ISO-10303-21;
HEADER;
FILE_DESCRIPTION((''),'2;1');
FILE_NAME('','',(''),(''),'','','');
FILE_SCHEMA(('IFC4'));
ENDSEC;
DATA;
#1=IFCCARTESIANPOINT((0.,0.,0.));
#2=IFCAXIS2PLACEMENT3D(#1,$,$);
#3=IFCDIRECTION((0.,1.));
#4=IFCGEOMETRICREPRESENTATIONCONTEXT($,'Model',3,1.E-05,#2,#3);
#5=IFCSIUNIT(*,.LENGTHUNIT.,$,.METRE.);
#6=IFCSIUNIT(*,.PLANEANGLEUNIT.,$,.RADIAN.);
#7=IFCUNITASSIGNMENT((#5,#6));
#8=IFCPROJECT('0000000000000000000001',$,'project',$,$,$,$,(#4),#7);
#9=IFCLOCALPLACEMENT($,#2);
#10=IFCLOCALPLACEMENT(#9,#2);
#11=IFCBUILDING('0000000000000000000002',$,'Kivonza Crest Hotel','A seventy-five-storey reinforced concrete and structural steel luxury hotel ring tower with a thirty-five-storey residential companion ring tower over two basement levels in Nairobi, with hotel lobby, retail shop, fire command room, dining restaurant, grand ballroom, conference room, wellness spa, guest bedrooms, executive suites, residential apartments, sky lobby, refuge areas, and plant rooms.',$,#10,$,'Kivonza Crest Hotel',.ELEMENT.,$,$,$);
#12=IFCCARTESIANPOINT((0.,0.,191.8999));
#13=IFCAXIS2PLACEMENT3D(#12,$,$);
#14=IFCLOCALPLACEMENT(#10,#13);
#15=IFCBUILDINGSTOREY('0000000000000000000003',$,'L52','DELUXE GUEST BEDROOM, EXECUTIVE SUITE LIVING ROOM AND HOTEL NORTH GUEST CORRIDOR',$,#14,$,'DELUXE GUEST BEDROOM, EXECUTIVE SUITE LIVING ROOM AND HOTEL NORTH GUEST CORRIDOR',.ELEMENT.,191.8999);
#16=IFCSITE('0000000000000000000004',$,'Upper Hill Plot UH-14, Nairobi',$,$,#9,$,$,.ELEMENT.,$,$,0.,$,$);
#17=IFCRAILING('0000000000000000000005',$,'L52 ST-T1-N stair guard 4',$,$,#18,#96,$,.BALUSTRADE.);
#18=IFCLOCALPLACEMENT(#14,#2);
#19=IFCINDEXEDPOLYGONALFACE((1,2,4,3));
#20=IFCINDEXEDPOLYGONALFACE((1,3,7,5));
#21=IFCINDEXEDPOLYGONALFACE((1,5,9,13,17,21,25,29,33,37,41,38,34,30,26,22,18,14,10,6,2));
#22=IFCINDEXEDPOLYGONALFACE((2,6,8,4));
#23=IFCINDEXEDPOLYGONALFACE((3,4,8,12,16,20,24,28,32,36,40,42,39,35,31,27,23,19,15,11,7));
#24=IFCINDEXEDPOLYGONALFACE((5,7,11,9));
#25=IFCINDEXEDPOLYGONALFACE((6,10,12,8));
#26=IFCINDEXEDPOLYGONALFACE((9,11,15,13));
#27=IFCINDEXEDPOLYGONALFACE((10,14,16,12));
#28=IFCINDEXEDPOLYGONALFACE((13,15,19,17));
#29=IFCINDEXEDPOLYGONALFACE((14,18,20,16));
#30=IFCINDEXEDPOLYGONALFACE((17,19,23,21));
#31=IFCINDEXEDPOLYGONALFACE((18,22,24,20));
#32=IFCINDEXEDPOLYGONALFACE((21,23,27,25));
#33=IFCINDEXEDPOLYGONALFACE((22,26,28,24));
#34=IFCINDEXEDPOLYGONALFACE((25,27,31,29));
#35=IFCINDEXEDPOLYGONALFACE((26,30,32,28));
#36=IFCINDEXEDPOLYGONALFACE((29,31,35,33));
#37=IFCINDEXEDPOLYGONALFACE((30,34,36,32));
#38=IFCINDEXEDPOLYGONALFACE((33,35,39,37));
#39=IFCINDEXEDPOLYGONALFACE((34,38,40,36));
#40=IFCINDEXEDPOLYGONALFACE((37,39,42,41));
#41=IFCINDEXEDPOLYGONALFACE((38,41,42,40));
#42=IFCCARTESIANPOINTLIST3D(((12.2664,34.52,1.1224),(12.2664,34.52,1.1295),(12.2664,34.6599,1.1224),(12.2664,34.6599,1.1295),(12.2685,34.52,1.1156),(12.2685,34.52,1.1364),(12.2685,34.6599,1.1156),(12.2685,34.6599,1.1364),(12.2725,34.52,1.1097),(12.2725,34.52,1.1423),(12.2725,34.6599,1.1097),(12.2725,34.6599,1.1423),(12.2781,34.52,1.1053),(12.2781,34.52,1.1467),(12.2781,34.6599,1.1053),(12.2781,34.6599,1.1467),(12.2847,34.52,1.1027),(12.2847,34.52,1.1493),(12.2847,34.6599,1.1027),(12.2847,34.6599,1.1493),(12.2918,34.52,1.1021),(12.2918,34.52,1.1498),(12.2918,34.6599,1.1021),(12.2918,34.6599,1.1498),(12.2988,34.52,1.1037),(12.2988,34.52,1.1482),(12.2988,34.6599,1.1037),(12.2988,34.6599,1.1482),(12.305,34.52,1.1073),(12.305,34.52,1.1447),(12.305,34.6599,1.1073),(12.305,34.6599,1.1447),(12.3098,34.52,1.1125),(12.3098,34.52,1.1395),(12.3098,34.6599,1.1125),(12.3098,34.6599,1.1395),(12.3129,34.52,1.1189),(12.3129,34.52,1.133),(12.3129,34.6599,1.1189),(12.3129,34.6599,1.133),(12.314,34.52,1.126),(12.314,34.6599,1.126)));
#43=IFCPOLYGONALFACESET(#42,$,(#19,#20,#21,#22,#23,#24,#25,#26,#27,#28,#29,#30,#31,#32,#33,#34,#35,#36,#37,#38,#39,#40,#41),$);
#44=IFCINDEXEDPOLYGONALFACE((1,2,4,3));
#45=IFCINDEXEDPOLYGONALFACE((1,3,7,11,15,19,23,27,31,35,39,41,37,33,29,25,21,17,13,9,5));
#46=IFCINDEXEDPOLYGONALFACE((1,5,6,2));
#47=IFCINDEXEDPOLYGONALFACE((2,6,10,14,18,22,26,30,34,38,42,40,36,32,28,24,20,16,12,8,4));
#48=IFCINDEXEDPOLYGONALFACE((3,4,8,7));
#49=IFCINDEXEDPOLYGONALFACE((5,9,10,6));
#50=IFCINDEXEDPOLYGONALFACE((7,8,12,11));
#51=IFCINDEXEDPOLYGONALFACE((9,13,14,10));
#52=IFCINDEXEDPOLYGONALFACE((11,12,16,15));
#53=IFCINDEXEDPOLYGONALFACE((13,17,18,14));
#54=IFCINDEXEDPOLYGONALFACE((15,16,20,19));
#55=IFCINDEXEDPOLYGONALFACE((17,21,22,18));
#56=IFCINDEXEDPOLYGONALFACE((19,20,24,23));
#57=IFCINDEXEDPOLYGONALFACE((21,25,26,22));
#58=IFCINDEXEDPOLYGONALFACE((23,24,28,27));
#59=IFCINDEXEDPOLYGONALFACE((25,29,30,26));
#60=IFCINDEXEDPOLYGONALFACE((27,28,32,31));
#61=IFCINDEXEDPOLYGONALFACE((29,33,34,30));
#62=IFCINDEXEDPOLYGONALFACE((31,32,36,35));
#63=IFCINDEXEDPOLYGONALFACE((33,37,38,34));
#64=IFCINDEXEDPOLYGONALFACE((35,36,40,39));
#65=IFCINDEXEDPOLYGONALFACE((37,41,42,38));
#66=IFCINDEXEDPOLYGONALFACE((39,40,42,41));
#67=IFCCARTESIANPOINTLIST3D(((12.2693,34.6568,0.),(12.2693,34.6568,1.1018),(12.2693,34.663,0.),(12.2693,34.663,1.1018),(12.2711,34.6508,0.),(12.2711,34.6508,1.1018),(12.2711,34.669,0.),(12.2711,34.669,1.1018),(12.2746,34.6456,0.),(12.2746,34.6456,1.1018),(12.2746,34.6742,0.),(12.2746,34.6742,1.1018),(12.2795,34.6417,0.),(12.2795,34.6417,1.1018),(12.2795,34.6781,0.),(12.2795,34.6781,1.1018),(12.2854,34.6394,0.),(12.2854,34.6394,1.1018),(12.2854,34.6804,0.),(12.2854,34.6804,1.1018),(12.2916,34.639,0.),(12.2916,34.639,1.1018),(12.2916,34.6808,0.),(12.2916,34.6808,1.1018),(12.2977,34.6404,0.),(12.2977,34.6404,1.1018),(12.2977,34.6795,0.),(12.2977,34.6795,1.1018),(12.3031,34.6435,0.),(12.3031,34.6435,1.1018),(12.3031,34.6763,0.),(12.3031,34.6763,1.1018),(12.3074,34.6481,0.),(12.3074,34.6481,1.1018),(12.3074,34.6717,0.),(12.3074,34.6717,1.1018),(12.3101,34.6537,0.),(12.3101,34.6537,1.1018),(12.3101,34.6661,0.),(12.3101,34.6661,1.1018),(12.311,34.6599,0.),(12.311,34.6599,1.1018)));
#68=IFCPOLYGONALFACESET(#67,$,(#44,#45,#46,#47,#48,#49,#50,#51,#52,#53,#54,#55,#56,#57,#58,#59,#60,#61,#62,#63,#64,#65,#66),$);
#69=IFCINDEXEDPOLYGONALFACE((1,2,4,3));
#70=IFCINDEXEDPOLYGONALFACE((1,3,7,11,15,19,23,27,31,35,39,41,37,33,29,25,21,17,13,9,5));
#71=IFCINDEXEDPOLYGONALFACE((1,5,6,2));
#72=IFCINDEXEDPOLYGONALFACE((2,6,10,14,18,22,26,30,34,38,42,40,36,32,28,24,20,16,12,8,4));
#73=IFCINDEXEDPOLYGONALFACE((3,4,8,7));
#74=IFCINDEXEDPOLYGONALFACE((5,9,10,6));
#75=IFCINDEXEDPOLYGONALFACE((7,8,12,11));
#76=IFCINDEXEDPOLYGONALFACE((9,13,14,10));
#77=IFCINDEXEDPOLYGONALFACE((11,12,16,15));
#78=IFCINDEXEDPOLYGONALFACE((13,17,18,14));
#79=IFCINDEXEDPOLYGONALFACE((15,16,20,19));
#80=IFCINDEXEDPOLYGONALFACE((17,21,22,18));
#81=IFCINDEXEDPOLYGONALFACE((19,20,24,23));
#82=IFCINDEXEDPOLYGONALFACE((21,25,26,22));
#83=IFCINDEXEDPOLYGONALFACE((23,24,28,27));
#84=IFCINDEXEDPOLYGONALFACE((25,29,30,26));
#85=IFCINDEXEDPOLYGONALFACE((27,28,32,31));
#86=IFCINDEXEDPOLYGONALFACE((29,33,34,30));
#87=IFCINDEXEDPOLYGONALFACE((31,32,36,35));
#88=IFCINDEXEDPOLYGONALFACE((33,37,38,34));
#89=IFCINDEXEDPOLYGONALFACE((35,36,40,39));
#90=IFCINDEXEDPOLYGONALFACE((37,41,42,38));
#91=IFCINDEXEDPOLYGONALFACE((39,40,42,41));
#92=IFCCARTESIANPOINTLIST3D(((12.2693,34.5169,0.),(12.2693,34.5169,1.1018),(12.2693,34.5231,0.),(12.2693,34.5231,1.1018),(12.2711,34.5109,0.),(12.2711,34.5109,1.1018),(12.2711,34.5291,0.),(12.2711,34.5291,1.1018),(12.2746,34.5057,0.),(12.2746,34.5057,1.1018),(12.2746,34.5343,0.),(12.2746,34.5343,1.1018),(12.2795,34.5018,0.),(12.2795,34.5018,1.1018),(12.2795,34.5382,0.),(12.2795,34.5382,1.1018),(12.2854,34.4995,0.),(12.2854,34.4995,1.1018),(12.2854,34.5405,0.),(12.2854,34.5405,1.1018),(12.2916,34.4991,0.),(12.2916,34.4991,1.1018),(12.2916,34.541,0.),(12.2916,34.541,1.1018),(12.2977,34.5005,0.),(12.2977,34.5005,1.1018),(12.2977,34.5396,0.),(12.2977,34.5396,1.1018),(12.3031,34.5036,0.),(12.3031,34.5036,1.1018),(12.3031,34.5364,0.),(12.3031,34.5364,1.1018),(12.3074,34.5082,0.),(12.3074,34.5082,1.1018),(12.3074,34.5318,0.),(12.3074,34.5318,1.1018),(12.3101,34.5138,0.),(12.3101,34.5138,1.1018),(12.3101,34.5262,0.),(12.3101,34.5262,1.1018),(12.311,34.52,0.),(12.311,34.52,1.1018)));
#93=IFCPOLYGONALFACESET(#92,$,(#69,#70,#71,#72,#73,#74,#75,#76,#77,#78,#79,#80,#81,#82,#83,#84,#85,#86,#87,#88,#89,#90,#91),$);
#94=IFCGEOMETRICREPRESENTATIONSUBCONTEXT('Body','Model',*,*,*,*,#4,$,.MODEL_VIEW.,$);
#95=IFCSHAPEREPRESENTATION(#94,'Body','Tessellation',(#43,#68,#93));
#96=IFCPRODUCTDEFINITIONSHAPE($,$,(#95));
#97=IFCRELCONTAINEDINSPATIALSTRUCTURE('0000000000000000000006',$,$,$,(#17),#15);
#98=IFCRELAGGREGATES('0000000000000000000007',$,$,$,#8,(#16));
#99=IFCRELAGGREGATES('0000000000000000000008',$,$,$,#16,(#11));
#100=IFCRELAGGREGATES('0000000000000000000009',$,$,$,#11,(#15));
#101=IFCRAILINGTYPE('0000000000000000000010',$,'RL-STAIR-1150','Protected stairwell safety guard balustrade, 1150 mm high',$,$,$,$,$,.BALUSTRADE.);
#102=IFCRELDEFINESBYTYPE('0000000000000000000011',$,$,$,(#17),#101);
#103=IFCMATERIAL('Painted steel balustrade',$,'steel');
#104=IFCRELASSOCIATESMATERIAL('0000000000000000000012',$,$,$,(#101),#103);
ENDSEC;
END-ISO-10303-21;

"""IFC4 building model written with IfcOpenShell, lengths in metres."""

from ifc_helpers import new_model, si_unit, direction, frame, origin, origin_2d, place, context, subcontext, project, spatial, circle, extrude, material, type_object, element, save


model = new_model("IFC4")

# Units and contexts
model_context = context("Model", 3, precision=1e-05, world=origin(), true_north=direction((0.0, 1.0)))
body_context = subcontext(model_context, "Body", "Model", "MODEL_VIEW")
ifc_project = project(units=[si_unit("LENGTHUNIT", "METRE"), si_unit("PLANEANGLEUNIT", "RADIAN")], contexts=[model_context])

# Site, building, storey
site_placement = place(None, origin())
site = spatial("IfcSite", under=ifc_project, at=site_placement, Name="Upper Hill Plot UH-14, Nairobi", CompositionType="ELEMENT", RefElevation=0.0)
building_placement = place(site_placement, origin())
building = spatial("IfcBuilding", under=site, at=building_placement, Name="Kivonza Crest Hotel", Description="A seventy-five-storey reinforced concrete and structural steel luxury hotel ring tower with a thirty-five-storey residential companion ring tower over two basement levels in Nairobi, with hotel lobby, retail shop, fire command room, dining restaurant, grand ballroom, conference room, wellness spa, guest bedrooms, executive suites, residential apartments, sky lobby, refuge areas, and plant rooms.", LongName="Kivonza Crest Hotel", CompositionType="ELEMENT")
storey_placement = place(building_placement, frame((0.0, 0.0, 191.8999)))
storey = spatial("IfcBuildingStorey", under=building, at=storey_placement, Name="L52", Description="DELUXE GUEST BEDROOM, EXECUTIVE SUITE LIVING ROOM AND HOTEL NORTH GUEST CORRIDOR", LongName="DELUXE GUEST BEDROOM, EXECUTIVE SUITE LIVING ROOM AND HOTEL NORTH GUEST CORRIDOR", CompositionType="ELEMENT", Elevation=191.8999)

# Railing
ifc_material_1 = material(Name="Painted steel balustrade", Category="steel")
railing_type_1 = type_object("IfcRailingType", Name="RL-STAIR-1150", Description="Protected stairwell safety guard balustrade, 1150 mm high", PredefinedType="BALUSTRADE", material=ifc_material_1)
railing_1_placement = place(storey_placement, frame((12.29, 34.6599, 0.0)))
element("IfcRailing", 1, at=railing_1_placement, inside=storey, type_object=railing_type_1, Name="L52 ST-T1-N stair guard 4", PredefinedType="BALUSTRADE", context=body_context, shape_type="SweptSolid", body=[
    extrude(circle(Radius=0.0239, at=origin_2d()), frame((0.0, 0.0, 1.126), z_axis=(0.0, -1.0, 0.0), x_axis=(1.0, 0.0, 0.0)), (0.0, 0.0, 1.0), 0.1399),
    extrude(circle(Radius=0.021, at=origin_2d()), origin(), (0.0, 0.0, 1.0), 1.1018),
    extrude(circle(Radius=0.021, at=origin_2d()), frame((0.0, -0.1399, 0.0)), (0.0, 0.0, 1.0), 1.1018),
])

save(model, "model.ifc")
